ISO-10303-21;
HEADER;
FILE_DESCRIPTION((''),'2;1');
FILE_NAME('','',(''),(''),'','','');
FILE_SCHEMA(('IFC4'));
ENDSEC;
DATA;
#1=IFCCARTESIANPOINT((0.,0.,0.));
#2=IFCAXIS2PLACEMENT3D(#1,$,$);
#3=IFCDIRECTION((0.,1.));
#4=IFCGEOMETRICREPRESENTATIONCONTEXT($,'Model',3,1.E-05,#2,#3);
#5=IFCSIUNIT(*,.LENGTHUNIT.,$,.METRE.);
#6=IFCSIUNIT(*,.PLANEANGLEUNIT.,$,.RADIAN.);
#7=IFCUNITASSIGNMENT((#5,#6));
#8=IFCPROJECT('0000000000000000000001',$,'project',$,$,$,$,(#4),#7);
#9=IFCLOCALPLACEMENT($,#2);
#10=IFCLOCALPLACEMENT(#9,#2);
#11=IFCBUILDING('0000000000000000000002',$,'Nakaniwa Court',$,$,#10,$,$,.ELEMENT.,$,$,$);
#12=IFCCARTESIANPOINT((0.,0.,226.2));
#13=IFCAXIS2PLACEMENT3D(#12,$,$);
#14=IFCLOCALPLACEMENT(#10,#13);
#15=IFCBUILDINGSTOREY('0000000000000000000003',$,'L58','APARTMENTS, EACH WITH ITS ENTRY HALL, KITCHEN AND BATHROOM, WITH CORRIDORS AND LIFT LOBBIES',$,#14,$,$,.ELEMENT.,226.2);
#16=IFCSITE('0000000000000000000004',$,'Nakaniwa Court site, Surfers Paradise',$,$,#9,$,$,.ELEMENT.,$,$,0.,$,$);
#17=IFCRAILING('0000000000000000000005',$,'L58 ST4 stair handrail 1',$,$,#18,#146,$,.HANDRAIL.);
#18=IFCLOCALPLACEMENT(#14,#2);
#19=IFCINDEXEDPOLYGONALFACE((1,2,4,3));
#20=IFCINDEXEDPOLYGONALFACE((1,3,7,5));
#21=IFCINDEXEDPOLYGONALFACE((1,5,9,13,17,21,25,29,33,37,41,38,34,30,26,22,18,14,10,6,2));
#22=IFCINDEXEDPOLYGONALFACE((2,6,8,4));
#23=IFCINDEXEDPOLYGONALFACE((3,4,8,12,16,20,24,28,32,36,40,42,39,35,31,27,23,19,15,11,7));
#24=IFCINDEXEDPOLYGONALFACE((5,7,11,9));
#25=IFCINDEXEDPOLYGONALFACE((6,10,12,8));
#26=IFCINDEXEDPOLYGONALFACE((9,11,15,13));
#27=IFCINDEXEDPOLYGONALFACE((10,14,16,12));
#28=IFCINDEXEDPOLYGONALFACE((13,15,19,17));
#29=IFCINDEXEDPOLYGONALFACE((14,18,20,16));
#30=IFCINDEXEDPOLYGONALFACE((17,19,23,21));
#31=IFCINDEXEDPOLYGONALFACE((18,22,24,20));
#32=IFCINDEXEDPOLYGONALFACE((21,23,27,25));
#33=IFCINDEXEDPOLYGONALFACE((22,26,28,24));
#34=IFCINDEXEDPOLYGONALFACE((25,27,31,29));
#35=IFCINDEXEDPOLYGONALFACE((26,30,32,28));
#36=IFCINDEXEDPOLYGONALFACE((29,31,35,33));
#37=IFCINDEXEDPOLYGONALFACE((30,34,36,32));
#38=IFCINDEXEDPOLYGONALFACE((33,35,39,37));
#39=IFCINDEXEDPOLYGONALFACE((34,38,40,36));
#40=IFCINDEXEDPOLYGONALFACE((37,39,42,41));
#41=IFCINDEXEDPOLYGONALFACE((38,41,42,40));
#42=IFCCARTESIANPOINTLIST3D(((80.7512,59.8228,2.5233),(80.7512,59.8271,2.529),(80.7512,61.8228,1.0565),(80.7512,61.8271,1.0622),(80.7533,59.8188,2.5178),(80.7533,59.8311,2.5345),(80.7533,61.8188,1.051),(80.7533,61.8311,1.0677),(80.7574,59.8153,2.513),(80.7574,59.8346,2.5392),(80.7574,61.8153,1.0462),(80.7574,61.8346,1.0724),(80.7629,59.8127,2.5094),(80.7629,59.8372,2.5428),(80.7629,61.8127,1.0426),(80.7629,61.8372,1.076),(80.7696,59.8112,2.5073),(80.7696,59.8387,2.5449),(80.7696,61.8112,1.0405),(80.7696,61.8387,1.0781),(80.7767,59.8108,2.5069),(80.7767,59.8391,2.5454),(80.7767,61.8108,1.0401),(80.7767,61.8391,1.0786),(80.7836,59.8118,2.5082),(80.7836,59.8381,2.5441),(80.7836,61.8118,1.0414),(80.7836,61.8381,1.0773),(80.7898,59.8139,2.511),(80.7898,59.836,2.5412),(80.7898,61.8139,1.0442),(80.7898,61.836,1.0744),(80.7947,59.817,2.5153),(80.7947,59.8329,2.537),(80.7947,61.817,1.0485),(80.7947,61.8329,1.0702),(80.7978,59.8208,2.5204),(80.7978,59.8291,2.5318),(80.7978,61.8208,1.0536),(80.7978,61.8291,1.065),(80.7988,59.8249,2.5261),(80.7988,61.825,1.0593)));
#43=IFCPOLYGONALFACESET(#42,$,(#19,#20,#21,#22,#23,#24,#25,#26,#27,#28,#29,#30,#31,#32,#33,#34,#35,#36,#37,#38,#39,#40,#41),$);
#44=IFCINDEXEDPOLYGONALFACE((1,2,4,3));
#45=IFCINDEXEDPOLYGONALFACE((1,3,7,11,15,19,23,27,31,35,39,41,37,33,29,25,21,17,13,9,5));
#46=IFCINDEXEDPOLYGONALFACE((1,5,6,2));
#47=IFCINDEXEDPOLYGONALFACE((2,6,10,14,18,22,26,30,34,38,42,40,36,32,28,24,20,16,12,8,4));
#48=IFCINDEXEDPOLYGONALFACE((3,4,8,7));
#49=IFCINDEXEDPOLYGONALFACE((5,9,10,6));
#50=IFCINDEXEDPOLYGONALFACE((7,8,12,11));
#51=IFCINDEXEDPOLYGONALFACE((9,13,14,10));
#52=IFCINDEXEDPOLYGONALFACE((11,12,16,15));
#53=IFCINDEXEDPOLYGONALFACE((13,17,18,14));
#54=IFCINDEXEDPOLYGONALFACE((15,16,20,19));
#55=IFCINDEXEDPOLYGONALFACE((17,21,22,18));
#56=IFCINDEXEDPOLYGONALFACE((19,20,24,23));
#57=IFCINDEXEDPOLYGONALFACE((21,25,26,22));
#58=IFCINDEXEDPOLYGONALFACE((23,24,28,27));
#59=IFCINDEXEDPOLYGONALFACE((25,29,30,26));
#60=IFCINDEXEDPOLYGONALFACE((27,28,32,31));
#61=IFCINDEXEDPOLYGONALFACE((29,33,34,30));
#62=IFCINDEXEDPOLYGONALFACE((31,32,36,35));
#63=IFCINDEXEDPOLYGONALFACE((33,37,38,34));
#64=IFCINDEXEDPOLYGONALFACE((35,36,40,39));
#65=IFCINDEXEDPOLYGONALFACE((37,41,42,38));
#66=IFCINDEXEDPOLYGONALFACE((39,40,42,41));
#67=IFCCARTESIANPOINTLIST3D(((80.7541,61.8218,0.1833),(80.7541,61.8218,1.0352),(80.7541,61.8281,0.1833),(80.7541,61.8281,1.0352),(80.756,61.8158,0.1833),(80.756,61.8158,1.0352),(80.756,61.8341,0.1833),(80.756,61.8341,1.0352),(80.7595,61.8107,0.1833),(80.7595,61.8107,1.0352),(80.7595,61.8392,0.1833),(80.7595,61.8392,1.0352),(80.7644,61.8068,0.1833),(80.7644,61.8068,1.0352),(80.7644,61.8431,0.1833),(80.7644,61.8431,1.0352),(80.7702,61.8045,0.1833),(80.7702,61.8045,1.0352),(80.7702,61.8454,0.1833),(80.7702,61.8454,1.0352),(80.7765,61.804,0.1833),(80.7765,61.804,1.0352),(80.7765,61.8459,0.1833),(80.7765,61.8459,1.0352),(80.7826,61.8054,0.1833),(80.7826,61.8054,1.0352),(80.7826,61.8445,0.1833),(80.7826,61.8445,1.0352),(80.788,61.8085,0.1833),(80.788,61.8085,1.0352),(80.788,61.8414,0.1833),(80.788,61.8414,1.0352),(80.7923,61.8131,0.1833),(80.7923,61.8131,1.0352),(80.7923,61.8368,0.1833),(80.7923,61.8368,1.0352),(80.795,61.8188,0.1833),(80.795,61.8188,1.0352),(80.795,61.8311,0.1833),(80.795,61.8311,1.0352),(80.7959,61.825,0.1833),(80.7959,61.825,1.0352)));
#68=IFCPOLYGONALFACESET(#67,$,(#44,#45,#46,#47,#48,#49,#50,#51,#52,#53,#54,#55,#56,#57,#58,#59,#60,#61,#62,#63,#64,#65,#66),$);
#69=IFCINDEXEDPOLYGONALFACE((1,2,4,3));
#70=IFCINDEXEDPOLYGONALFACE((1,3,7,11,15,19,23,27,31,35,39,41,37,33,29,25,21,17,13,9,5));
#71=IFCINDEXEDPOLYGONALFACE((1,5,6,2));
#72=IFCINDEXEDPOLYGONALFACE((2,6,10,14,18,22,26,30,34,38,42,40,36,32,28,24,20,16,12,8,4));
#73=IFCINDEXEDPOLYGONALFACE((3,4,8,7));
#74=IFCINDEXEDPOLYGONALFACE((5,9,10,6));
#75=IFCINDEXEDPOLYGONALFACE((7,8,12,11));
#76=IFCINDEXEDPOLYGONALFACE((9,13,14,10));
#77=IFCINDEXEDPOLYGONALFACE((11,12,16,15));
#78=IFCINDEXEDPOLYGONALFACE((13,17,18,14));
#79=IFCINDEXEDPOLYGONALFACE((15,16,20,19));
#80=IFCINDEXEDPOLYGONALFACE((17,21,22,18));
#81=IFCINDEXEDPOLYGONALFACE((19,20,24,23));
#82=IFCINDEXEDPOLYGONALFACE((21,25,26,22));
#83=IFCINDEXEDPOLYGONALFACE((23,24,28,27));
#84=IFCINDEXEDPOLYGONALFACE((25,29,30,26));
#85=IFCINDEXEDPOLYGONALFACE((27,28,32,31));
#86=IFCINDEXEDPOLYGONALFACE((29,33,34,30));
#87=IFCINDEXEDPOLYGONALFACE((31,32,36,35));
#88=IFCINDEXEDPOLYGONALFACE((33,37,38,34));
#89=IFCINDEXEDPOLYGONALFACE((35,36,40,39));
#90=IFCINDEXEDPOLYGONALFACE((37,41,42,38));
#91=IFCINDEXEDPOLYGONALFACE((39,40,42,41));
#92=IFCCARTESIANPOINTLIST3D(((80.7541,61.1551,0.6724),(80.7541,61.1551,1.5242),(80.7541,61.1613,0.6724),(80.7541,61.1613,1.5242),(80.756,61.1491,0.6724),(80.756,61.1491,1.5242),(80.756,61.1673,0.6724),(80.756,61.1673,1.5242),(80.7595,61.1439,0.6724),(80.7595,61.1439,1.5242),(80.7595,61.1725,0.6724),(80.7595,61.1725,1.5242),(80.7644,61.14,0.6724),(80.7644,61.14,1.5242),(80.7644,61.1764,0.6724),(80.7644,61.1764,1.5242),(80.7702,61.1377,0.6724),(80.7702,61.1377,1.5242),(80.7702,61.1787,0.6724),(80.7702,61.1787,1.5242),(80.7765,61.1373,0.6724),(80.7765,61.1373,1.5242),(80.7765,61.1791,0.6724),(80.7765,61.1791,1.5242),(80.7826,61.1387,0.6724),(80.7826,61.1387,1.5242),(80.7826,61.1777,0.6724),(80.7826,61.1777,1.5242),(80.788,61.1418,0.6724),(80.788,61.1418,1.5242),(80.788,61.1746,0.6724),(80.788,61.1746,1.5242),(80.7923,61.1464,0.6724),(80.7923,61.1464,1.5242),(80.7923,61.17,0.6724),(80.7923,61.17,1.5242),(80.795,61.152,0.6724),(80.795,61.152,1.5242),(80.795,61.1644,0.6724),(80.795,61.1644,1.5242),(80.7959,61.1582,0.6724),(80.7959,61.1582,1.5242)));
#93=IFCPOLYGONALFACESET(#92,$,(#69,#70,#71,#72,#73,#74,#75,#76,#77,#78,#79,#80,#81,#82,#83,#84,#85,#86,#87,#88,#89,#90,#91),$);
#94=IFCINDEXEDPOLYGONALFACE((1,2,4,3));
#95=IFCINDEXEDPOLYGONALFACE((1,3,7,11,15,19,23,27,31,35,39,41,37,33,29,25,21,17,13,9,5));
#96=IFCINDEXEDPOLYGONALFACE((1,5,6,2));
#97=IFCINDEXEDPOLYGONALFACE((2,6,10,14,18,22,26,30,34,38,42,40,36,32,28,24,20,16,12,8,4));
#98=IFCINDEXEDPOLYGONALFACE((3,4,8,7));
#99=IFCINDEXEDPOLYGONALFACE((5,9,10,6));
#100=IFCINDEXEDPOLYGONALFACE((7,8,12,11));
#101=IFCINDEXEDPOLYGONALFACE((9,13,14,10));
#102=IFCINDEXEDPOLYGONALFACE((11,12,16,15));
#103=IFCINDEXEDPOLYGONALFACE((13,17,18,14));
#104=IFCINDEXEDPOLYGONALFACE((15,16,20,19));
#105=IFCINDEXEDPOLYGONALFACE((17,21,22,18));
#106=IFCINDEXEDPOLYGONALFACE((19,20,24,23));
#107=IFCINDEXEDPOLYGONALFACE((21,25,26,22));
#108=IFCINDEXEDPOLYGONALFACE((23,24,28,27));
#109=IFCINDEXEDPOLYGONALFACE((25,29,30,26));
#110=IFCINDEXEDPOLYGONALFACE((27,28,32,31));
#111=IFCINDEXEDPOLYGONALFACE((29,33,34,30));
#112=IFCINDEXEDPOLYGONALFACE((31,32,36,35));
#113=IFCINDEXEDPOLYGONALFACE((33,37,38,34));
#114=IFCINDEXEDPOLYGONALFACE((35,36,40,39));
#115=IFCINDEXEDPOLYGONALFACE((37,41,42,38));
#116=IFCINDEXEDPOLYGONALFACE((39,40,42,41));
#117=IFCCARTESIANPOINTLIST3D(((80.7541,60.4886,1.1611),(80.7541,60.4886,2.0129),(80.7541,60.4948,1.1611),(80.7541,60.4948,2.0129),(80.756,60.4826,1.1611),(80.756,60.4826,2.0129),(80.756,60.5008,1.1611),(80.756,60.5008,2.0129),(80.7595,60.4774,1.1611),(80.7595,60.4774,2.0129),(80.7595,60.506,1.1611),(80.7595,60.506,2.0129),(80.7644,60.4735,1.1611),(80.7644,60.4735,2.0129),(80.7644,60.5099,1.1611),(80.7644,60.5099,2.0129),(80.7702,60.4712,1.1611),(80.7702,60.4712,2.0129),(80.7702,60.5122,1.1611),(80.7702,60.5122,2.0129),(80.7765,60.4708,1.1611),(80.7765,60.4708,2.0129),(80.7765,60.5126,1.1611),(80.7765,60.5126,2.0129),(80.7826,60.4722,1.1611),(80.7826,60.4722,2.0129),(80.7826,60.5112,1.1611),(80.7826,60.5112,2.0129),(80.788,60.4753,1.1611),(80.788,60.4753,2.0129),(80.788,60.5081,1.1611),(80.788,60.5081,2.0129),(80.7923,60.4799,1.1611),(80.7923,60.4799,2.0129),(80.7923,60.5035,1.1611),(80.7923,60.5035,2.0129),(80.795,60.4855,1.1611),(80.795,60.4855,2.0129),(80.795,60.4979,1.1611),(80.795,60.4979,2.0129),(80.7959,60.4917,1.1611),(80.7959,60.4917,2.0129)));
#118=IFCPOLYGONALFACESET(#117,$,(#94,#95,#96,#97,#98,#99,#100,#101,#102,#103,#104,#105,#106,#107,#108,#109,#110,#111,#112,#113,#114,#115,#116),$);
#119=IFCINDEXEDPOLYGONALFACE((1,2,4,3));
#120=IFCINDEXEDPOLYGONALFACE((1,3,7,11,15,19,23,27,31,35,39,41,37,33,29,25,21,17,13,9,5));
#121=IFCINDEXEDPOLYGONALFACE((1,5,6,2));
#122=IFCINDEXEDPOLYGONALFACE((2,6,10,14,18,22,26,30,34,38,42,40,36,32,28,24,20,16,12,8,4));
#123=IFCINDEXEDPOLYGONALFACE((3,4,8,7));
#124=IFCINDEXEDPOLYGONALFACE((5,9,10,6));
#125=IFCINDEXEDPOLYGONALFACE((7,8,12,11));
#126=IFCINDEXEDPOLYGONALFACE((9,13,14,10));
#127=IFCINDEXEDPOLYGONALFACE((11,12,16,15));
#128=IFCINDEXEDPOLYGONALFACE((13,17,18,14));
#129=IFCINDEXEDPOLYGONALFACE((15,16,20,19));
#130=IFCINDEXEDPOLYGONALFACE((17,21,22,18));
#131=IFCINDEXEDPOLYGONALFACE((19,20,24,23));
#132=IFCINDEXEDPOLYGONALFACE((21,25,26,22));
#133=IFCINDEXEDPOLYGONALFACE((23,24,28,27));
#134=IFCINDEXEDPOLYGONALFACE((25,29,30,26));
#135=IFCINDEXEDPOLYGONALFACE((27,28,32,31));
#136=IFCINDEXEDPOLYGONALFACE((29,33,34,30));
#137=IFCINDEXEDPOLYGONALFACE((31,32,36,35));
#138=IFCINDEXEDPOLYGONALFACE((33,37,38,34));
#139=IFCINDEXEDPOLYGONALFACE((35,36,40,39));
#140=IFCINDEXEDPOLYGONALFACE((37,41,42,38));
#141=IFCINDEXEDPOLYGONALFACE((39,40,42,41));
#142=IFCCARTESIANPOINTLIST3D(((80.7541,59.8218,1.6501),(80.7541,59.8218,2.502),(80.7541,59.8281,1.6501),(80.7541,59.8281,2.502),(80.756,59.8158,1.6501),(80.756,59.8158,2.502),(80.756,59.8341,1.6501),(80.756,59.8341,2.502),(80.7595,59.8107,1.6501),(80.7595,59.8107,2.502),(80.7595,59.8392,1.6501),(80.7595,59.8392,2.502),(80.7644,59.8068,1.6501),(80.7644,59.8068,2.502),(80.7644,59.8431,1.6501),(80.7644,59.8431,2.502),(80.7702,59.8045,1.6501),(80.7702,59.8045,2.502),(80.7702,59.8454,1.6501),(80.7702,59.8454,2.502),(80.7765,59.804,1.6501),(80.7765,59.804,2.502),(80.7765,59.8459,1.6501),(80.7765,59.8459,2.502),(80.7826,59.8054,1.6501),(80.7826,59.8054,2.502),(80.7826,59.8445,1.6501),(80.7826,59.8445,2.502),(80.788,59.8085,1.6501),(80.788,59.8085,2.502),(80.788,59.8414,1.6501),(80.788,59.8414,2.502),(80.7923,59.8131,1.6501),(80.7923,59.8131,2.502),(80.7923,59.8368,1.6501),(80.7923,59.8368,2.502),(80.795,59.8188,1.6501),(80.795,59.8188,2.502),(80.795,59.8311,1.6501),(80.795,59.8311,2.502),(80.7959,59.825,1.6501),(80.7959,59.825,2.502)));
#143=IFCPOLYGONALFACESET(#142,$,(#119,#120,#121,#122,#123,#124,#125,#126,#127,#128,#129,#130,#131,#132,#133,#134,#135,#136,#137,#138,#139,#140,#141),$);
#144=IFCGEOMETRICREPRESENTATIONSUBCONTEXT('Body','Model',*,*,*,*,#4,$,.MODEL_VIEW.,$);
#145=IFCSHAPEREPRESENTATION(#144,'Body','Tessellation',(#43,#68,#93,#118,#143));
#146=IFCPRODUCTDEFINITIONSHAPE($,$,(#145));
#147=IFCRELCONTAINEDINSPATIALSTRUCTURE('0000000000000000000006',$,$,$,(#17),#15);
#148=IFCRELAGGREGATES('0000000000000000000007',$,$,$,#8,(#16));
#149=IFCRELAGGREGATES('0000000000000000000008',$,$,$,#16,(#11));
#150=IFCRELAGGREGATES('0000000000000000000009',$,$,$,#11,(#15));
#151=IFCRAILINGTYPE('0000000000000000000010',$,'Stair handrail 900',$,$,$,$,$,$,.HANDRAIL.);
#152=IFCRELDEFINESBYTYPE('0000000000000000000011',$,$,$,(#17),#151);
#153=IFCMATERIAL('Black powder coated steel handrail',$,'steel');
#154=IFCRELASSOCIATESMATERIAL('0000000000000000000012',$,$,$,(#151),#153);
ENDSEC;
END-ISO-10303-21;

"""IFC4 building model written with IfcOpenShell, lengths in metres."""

from ifc_helpers import new_model, si_unit, direction, frame, origin, origin_2d, place, context, subcontext, project, spatial, circle, extrude, material, type_object, element, save


model = new_model("IFC4")

# Units and contexts
model_context = context("Model", 3, precision=1e-05, world=origin(), true_north=direction((0.0, 1.0)))
body_context = subcontext(model_context, "Body", "Model", "MODEL_VIEW")
ifc_project = project(units=[si_unit("LENGTHUNIT", "METRE"), si_unit("PLANEANGLEUNIT", "RADIAN")], contexts=[model_context])

# Site, building, storey
site_placement = place(None, origin())
site = spatial("IfcSite", under=ifc_project, at=site_placement, Name="Nakaniwa Court site, Surfers Paradise", CompositionType="ELEMENT", RefElevation=0.0)
building_placement = place(site_placement, origin())
building = spatial("IfcBuilding", under=site, at=building_placement, Name="Nakaniwa Court", CompositionType="ELEMENT")
storey_placement = place(building_placement, frame((0.0, 0.0, 226.2)))
storey = spatial("IfcBuildingStorey", under=building, at=storey_placement, Name="L58", Description="APARTMENTS, EACH WITH ITS ENTRY HALL, KITCHEN AND BATHROOM, WITH CORRIDORS AND LIFT LOBBIES", CompositionType="ELEMENT", Elevation=226.2)

# Railing
ifc_material_1 = material(Name="Black powder coated steel handrail", Category="steel")
railing_type_1 = type_object("IfcRailingType", Name="Stair handrail 900", PredefinedType="HANDRAIL", material=ifc_material_1)
railing_1_placement = place(storey_placement, frame((80.7749, 61.825, 0.1833)))
element("IfcRailing", 1, at=railing_1_placement, inside=storey, type_object=railing_type_1, Name="L58 ST4 stair handrail 1", PredefinedType="HANDRAIL", context=body_context, shape_type="SweptSolid", body=[
    extrude(circle(Radius=0.0239, at=origin_2d()), frame((0.0, 0.0, 0.876), z_axis=(0.0, -0.80638, 0.591398), x_axis=(1.0, 0.0, 0.0)), (0.0, 0.0, 1.0), 2.4802),
    extrude(circle(Radius=0.021, at=origin_2d()), origin(), (0.0, 0.0, 1.0), 0.8518),
    extrude(circle(Radius=0.021, at=origin_2d()), frame((0.0, -0.6667, 0.489)), (0.0, 0.0, 1.0), 0.8518),
    extrude(circle(Radius=0.021, at=origin_2d()), frame((0.0, -1.3333, 0.9778)), (0.0, 0.0, 1.0), 0.8518),
    extrude(circle(Radius=0.021, at=origin_2d()), frame((0.0, -2.0, 1.4668)), (0.0, 0.0, 1.0), 0.8518),
])

save(model, "model.ifc")
